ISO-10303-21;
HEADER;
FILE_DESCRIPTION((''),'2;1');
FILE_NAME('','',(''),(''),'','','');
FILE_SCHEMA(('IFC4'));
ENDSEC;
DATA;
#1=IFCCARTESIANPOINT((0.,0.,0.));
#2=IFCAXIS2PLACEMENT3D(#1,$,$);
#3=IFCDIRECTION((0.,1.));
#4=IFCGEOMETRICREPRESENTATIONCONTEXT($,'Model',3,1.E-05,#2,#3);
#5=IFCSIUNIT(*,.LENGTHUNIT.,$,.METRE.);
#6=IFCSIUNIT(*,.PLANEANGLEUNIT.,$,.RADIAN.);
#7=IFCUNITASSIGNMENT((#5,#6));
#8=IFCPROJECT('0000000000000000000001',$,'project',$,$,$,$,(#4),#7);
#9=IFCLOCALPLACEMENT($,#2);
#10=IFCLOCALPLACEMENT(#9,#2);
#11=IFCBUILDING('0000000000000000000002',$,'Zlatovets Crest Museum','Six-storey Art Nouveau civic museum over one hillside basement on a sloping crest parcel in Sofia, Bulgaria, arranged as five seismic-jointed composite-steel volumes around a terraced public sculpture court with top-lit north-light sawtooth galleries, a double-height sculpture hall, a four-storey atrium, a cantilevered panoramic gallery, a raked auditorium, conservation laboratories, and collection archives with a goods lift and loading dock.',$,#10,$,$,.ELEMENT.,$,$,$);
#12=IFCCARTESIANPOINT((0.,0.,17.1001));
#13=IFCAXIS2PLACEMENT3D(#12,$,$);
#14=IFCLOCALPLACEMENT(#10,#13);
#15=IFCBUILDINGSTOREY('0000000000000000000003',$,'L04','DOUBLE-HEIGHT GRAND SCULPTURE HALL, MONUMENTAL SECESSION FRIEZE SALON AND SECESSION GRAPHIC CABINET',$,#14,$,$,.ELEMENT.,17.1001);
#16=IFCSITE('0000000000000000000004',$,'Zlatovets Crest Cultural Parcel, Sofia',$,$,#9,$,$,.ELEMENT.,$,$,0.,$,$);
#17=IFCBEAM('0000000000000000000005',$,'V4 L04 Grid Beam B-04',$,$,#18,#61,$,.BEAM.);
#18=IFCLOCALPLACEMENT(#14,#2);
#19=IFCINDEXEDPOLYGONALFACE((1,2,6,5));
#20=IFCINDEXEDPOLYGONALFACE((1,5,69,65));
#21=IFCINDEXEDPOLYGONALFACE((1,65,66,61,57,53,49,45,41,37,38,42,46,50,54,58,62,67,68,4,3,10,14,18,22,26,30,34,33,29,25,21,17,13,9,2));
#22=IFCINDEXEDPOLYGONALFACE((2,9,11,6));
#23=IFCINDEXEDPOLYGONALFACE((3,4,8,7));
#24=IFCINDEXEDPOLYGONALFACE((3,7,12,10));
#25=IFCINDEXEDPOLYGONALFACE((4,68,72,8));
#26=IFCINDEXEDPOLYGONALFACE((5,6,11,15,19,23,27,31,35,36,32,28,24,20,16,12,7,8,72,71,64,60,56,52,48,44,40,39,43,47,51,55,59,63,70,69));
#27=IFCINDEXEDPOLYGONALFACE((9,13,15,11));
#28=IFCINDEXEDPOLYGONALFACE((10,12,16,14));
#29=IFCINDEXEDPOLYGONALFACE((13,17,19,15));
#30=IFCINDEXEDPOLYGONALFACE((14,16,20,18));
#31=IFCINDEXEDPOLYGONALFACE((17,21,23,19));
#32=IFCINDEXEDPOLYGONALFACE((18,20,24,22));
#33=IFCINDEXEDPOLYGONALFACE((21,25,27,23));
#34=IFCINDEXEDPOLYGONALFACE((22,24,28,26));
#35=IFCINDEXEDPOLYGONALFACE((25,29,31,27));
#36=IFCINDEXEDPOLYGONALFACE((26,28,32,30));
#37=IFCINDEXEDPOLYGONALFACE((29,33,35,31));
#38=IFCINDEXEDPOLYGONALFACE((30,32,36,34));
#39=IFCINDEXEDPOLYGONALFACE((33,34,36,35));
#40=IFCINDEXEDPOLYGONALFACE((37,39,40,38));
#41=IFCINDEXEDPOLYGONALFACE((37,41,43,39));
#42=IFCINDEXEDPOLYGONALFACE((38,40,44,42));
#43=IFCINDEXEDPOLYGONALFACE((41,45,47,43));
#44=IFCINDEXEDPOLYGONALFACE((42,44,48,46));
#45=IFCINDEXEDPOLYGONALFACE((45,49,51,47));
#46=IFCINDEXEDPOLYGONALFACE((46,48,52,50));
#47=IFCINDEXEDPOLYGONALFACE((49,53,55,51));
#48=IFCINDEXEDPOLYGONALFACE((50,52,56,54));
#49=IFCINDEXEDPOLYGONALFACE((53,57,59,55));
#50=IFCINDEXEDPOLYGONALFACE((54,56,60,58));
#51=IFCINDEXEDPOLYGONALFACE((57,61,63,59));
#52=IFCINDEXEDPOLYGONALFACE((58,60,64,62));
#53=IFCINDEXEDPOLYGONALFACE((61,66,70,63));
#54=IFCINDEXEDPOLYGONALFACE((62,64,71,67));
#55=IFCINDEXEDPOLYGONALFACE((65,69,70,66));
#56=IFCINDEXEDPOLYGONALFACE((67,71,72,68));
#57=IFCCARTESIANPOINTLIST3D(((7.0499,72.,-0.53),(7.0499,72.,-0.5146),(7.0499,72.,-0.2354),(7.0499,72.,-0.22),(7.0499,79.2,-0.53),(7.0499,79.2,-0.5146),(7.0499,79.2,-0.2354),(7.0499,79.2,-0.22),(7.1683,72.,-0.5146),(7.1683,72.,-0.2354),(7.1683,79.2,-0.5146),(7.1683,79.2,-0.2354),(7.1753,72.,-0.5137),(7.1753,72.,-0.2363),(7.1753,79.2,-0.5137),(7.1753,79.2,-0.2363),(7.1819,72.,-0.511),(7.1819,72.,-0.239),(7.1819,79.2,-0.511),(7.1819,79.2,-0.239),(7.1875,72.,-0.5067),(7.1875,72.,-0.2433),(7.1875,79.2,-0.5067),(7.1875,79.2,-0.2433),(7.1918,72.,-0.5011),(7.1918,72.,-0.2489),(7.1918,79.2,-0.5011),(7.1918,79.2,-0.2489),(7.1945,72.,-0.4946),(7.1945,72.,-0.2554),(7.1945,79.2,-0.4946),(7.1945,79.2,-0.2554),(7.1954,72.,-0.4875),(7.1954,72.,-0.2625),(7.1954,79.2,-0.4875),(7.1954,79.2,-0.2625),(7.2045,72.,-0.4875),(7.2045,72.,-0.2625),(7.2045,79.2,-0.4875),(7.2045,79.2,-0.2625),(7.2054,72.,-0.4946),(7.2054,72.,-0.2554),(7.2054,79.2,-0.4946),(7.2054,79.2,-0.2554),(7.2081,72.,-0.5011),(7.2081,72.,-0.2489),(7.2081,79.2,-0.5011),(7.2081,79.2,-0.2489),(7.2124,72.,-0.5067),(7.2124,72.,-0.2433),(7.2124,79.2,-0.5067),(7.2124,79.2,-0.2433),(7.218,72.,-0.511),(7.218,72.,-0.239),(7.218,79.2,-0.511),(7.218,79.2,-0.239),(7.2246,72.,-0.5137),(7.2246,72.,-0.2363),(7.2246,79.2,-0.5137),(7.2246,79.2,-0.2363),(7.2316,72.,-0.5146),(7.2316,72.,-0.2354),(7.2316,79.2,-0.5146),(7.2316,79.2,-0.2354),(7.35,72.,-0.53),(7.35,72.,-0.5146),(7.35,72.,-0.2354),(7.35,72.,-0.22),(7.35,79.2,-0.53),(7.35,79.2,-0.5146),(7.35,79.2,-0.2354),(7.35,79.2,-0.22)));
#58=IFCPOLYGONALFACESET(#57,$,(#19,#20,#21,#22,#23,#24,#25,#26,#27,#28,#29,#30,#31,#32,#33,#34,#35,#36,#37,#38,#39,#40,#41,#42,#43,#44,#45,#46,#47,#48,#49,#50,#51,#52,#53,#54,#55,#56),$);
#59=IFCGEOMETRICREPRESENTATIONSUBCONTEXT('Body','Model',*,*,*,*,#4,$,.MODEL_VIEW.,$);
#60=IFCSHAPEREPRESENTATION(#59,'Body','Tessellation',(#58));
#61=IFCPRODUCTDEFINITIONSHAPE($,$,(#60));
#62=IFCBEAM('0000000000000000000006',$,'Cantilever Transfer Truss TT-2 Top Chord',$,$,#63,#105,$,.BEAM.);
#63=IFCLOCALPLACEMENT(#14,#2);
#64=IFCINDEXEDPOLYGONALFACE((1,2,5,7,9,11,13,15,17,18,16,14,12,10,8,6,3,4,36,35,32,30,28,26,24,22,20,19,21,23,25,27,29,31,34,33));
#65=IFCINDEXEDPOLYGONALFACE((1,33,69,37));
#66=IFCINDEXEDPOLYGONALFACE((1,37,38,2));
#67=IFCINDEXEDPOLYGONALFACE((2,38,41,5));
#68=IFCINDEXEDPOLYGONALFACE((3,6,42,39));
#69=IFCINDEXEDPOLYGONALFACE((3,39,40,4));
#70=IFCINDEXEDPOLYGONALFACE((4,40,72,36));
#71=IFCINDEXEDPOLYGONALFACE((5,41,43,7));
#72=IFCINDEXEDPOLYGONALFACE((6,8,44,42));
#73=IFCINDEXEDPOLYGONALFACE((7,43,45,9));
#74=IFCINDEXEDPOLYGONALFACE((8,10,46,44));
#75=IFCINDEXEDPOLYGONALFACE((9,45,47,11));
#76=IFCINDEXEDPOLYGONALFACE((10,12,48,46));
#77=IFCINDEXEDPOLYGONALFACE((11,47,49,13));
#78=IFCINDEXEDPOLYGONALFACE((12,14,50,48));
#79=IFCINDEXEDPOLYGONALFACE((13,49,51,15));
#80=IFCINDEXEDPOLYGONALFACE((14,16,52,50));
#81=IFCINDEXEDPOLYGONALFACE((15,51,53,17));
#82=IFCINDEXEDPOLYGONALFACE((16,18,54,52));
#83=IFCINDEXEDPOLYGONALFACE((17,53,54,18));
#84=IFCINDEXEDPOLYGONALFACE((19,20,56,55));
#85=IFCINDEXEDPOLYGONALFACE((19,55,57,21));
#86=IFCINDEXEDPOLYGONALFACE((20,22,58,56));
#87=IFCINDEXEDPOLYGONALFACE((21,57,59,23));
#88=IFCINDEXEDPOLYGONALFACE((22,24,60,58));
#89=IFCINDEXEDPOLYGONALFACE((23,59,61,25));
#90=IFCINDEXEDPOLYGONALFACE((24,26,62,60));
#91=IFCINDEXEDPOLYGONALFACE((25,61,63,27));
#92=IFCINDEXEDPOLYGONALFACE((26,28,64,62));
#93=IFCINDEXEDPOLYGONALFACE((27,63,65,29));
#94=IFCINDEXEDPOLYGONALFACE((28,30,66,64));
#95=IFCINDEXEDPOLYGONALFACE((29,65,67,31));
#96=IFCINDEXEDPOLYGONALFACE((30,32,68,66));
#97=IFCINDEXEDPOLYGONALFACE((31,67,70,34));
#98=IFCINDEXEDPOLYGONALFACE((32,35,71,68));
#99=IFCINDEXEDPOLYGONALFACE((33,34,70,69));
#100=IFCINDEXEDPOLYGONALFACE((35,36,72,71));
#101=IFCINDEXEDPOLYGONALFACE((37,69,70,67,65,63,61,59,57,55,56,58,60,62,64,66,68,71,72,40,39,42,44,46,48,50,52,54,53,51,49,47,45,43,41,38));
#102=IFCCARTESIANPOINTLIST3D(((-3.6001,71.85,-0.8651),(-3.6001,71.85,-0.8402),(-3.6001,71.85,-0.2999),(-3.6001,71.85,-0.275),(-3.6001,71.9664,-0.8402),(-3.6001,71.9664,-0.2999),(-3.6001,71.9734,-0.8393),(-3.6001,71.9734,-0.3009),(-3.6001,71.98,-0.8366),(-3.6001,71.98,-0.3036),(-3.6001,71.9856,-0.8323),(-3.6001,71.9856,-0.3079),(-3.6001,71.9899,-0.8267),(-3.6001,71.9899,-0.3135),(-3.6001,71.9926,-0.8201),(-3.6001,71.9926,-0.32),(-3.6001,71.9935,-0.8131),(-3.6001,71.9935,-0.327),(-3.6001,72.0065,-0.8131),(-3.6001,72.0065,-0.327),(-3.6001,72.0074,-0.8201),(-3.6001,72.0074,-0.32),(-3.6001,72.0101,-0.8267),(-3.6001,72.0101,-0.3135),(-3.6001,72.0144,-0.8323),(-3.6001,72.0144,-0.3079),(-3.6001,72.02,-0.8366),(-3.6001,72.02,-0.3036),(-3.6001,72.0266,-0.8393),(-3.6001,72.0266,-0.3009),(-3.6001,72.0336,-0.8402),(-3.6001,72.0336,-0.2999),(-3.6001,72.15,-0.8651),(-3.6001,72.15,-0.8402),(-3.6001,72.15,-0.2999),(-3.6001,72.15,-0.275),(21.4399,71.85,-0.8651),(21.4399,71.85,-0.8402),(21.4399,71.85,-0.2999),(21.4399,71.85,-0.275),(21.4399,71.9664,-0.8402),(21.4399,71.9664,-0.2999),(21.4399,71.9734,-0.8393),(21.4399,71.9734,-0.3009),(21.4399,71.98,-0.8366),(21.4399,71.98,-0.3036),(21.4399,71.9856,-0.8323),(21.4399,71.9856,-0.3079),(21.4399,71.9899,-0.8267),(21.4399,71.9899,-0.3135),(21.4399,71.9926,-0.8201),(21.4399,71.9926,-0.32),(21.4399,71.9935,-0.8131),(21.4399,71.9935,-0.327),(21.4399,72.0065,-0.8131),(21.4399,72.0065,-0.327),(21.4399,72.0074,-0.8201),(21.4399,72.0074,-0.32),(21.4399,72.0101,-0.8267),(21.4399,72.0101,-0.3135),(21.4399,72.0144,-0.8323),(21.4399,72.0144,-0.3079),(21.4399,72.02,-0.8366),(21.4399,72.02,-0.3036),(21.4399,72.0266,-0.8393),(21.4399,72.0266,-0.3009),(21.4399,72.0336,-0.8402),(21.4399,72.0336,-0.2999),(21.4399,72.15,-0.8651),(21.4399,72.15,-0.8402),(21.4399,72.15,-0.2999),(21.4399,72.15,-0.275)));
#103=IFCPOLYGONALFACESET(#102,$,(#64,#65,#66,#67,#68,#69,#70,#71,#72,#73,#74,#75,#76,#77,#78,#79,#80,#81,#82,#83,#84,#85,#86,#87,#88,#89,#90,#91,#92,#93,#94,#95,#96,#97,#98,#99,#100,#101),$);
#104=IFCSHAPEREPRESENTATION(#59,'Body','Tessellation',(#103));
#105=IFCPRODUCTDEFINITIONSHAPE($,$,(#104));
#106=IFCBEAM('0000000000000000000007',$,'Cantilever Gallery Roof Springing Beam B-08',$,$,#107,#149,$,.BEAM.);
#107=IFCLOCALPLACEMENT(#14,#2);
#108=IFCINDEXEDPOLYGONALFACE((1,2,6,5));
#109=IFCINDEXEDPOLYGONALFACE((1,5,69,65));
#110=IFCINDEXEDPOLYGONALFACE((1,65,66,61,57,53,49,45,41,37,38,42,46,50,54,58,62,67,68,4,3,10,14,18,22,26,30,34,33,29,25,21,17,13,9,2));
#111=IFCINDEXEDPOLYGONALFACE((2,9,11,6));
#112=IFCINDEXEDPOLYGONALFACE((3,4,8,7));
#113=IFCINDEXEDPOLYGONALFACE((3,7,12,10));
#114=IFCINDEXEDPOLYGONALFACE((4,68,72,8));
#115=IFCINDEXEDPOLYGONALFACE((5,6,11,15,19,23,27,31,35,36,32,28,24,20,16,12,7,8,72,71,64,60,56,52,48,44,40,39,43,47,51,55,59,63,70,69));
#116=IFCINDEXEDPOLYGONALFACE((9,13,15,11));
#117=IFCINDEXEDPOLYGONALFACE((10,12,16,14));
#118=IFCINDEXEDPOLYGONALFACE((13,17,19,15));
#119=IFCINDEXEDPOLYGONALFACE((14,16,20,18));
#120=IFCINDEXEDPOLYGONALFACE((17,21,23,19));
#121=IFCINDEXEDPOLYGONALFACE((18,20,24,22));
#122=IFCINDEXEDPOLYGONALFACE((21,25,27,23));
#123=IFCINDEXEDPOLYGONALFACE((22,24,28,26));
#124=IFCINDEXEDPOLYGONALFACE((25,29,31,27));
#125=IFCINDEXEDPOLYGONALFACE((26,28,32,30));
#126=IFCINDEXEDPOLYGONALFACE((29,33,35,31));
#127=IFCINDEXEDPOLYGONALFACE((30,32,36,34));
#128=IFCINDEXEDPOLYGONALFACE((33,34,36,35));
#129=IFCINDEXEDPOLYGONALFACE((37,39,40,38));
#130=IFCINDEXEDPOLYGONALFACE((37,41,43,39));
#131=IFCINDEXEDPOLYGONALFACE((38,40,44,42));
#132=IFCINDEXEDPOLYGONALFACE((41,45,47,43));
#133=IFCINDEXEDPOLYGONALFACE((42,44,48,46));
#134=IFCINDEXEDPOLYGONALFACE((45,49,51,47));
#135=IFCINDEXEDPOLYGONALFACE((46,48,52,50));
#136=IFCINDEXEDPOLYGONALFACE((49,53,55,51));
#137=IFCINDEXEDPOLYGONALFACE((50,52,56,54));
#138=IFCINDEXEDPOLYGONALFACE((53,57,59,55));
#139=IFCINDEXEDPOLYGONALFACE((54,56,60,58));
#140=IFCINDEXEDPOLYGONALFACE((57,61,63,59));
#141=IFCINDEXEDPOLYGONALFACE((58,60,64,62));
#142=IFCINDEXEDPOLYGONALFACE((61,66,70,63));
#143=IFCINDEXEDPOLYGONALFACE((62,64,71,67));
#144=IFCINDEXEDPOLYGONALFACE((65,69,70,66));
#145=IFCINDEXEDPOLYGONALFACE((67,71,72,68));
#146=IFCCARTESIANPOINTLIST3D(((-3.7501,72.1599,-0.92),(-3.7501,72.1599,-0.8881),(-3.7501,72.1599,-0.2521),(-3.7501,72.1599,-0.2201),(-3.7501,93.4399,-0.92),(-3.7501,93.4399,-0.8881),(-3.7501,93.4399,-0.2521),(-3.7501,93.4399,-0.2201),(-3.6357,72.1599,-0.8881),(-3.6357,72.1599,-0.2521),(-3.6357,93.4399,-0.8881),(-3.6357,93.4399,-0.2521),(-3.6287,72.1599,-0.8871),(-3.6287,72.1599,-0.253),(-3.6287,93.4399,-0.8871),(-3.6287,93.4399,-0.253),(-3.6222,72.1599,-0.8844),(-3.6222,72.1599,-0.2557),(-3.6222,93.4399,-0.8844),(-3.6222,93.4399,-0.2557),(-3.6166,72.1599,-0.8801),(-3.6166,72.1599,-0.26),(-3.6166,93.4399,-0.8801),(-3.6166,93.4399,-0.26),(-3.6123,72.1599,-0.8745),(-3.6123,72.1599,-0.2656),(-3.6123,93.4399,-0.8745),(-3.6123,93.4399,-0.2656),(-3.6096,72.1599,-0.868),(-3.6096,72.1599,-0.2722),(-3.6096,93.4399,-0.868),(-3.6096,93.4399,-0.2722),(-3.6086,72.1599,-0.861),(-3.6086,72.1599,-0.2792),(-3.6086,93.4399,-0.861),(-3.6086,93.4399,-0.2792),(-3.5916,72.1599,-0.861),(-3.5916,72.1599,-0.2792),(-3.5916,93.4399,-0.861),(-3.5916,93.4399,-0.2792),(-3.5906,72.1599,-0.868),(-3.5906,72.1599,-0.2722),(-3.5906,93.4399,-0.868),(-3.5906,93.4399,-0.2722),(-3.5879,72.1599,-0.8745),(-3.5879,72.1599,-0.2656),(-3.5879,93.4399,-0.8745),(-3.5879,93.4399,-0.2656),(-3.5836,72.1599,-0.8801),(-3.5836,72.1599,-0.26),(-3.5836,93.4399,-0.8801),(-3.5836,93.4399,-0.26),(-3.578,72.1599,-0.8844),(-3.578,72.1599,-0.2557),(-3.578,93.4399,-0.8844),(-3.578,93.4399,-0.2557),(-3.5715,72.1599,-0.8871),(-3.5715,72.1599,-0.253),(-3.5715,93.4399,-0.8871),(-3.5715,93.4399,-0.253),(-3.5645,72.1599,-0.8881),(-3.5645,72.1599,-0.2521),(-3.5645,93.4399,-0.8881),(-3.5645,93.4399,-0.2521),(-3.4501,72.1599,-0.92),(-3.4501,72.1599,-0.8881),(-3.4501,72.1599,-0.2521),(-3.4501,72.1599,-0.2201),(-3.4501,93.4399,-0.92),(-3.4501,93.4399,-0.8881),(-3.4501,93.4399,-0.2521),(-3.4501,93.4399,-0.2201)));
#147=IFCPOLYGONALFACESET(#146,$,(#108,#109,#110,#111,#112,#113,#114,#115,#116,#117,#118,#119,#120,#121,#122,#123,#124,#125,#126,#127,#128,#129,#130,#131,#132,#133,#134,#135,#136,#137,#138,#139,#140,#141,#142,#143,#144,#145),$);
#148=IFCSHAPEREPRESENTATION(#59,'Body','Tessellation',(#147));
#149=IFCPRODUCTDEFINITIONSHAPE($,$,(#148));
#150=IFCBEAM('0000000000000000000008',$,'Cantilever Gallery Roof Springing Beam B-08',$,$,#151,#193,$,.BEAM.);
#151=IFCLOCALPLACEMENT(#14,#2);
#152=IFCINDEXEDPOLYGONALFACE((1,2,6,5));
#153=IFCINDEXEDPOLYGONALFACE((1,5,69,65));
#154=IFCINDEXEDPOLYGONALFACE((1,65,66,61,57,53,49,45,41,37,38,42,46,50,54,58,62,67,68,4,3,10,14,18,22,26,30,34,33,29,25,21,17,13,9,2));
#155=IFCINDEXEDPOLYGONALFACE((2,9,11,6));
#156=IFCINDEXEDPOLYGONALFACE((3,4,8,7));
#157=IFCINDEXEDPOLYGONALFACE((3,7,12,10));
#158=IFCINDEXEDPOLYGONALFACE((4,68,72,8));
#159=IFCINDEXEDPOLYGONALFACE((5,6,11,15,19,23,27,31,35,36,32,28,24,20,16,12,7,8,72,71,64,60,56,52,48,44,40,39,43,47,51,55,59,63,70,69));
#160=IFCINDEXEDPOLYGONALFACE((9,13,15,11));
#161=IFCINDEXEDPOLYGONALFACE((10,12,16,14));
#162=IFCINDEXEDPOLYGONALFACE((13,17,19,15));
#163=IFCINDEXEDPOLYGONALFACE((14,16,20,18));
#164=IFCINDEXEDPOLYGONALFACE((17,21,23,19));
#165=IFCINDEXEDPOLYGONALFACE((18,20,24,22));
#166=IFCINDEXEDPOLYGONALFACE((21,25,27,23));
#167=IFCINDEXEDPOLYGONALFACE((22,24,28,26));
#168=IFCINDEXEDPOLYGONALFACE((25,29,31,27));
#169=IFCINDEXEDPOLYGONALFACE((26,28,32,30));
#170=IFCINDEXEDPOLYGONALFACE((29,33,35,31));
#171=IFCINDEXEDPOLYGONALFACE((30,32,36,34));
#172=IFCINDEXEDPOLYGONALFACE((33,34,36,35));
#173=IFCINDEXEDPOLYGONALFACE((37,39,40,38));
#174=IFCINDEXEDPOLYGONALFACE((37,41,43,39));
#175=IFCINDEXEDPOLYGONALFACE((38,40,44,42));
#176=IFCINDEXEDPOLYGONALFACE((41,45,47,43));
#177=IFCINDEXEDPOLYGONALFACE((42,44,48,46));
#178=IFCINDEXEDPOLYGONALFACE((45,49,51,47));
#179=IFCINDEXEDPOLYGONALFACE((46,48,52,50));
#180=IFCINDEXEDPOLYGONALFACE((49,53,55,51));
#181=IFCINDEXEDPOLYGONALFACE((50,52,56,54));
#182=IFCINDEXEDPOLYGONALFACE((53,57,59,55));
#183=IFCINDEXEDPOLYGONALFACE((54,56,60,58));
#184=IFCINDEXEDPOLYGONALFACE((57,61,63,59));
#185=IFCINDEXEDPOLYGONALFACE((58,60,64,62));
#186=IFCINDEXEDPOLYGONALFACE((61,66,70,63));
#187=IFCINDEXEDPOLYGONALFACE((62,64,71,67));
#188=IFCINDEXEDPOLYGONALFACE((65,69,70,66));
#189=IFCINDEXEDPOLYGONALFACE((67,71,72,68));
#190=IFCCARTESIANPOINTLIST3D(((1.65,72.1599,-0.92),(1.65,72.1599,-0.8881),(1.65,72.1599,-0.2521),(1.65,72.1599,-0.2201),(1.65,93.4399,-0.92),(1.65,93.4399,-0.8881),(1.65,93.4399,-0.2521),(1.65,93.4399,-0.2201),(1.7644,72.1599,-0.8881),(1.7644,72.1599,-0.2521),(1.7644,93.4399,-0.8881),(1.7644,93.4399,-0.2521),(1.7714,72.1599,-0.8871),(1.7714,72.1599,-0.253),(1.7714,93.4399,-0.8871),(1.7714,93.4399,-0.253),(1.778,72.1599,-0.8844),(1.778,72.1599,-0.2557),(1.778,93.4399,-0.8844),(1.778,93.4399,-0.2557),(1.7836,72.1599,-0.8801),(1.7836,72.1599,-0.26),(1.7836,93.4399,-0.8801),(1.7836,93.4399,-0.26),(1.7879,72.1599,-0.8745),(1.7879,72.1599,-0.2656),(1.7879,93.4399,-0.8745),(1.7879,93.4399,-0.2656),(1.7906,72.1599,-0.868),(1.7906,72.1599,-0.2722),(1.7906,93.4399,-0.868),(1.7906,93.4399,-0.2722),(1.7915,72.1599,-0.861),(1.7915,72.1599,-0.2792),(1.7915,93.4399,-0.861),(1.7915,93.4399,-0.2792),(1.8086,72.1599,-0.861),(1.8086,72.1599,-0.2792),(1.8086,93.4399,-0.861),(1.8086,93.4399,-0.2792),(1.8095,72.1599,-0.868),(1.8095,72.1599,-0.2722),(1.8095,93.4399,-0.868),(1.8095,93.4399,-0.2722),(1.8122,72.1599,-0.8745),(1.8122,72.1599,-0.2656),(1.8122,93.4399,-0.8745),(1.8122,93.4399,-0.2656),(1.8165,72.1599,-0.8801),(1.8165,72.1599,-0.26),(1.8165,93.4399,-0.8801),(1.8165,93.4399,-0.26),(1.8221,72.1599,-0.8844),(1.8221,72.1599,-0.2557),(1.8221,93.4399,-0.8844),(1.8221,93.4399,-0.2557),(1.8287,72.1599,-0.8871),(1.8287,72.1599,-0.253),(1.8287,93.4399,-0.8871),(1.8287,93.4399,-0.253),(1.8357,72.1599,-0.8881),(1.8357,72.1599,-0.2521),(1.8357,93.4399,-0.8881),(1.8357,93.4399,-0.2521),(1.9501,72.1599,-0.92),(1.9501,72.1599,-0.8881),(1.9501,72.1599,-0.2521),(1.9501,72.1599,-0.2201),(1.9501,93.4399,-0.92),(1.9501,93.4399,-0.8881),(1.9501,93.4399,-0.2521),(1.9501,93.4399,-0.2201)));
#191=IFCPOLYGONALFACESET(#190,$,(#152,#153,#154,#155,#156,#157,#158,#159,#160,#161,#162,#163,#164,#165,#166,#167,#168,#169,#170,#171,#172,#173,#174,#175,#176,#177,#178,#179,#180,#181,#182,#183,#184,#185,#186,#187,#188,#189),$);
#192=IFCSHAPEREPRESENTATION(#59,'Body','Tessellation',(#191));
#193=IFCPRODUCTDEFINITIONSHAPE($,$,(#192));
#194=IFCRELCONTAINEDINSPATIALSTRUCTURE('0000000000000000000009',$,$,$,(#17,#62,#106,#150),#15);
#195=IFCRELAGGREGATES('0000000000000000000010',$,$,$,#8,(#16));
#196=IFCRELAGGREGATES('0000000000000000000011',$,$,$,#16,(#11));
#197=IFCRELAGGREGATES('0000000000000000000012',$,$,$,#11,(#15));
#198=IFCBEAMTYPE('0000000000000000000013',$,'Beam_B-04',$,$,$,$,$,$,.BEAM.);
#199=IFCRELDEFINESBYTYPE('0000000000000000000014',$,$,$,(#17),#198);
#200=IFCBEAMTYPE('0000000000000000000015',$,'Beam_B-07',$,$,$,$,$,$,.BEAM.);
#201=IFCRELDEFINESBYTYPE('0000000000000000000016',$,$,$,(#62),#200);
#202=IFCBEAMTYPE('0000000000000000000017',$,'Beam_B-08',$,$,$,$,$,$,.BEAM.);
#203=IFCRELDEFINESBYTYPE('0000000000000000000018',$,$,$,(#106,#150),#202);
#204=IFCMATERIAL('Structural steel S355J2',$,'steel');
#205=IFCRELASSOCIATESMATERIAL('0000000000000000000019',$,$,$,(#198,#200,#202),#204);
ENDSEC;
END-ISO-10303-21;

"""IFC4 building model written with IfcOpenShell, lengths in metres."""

from ifc_helpers import new_model, si_unit, direction, frame, origin, origin_2d, place, context, subcontext, project, spatial, i_section, extrude, material, material_profile, profile_set, type_object, element, save


model = new_model("IFC4")

# Units and contexts
model_context = context("Model", 3, precision=1e-05, world=origin(), true_north=direction((0.0, 1.0)))
body_context = subcontext(model_context, "Body", "Model", "MODEL_VIEW")
ifc_project = project(units=[si_unit("LENGTHUNIT", "METRE"), si_unit("PLANEANGLEUNIT", "RADIAN")], contexts=[model_context])

# Site, building, storey
site_placement = place(None, origin())
site = spatial("IfcSite", under=ifc_project, at=site_placement, Name="Zlatovets Crest Cultural Parcel, Sofia", CompositionType="ELEMENT", RefElevation=0.0)
building_placement = place(site_placement, origin())
building = spatial("IfcBuilding", under=site, at=building_placement, Name="Zlatovets Crest Museum", Description="Six-storey Art Nouveau civic museum over one hillside basement on a sloping crest parcel in Sofia, Bulgaria, arranged as five seismic-jointed composite-steel volumes around a terraced public sculpture court with top-lit north-light sawtooth galleries, a double-height sculpture hall, a four-storey atrium, a cantilevered panoramic gallery, a raked auditorium, conservation laboratories, and collection archives with a goods lift and loading dock.", CompositionType="ELEMENT")
storey_placement = place(building_placement, frame((0.0, 0.0, 17.1001)))
storey = spatial("IfcBuildingStorey", under=building, at=storey_placement, Name="L04", Description="DOUBLE-HEIGHT GRAND SCULPTURE HALL, MONUMENTAL SECESSION FRIEZE SALON AND SECESSION GRAPHIC CABINET", CompositionType="ELEMENT", Elevation=17.1001)

# Beams
ifc_material_1 = material(Name="Structural steel S355J2", Category="steel")
ifc_material_profile_1 = material_profile(ifc_material_1, i_section(OverallWidth=0.3, OverallDepth=0.3101, WebThickness=0.009, FlangeThickness=0.0154, FilletRadius=0.0271, at=origin_2d()), Name="HEA 320")
ifc_profile_set_1 = profile_set([ifc_material_profile_1], Name="Structural steel S355J2")
beam_type_1 = type_object("IfcBeamType", Name="Beam_B-04", PredefinedType="BEAM", material=ifc_profile_set_1)
beam_1_placement = place(storey_placement, frame((7.2, 72.0, -0.375), z_axis=(0.0, 1.0, 0.0), x_axis=(-1.0, 0.0, 0.0)))
element("IfcBeam", 1, at=beam_1_placement, inside=storey, type_object=beam_type_1, Name="V4 L04 Grid Beam B-04", PredefinedType="BEAM", context=body_context, shape_type="SweptSolid", body=[
    extrude(i_section(OverallWidth=0.3, OverallDepth=0.3101, WebThickness=0.009, FlangeThickness=0.0154, FilletRadius=0.0271, at=origin_2d()), origin(), (0.0, 0.0, 1.0), 7.2),
])
ifc_material_profile_2 = material_profile(ifc_material_1, i_section(OverallWidth=0.3, OverallDepth=0.5901, WebThickness=0.0129, FlangeThickness=0.0249, FilletRadius=0.0271, at=origin_2d()), Name="HEA 600")
ifc_profile_set_2 = profile_set([ifc_material_profile_2], Name="Structural steel S355J2")
beam_type_2 = type_object("IfcBeamType", Name="Beam_B-07", PredefinedType="BEAM", material=ifc_profile_set_2)
beam_2_placement = place(storey_placement, frame((-3.6001, 72.0, -0.5701), z_axis=(1.0, 0.0, 0.0), x_axis=(0.0, 1.0, 0.0)))
element("IfcBeam", 2, at=beam_2_placement, inside=storey, type_object=beam_type_2, Name="Cantilever Transfer Truss TT-2 Top Chord", PredefinedType="BEAM", context=body_context, shape_type="SweptSolid", body=[
    extrude(i_section(OverallWidth=0.3, OverallDepth=0.5901, WebThickness=0.0129, FlangeThickness=0.0249, FilletRadius=0.0271, at=origin_2d()), origin(), (0.0, 0.0, 1.0), 25.04),
])
ifc_material_profile_3 = material_profile(ifc_material_1, i_section(OverallWidth=0.3, OverallDepth=0.7, WebThickness=0.0171, FlangeThickness=0.032, FilletRadius=0.0271, at=origin_2d()), Name="HEB 700")
ifc_profile_set_3 = profile_set([ifc_material_profile_3], Name="Structural steel S355J2")
beam_type_3 = type_object("IfcBeamType", Name="Beam_B-08", PredefinedType="BEAM", material=ifc_profile_set_3)
for number, where, z_axis, x_axis, name in (
    (3, (-3.6001, 72.1599, -0.5701), (0.0, 1.0, 0.0), (-1.0, 0.0, 0.0), "Cantilever Gallery Roof Springing Beam B-08"),
    (4, (1.8, 72.1599, -0.5701), (0.0, 1.0, 0.0), (-1.0, 0.0, 0.0), "Cantilever Gallery Roof Springing Beam B-08"),
):
    element("IfcBeam", number, at=place(storey_placement, frame(where, z_axis=z_axis, x_axis=x_axis)), inside=storey, type_object=beam_type_3, Name=name, PredefinedType="BEAM", context=body_context, shape_type="SweptSolid", body=[
        extrude(i_section(OverallWidth=0.3, OverallDepth=0.7, WebThickness=0.0171, FlangeThickness=0.032, FilletRadius=0.0271, at=origin_2d()), origin(), (0.0, 0.0, 1.0), 21.28),
    ])

save(model, "model.ifc")
